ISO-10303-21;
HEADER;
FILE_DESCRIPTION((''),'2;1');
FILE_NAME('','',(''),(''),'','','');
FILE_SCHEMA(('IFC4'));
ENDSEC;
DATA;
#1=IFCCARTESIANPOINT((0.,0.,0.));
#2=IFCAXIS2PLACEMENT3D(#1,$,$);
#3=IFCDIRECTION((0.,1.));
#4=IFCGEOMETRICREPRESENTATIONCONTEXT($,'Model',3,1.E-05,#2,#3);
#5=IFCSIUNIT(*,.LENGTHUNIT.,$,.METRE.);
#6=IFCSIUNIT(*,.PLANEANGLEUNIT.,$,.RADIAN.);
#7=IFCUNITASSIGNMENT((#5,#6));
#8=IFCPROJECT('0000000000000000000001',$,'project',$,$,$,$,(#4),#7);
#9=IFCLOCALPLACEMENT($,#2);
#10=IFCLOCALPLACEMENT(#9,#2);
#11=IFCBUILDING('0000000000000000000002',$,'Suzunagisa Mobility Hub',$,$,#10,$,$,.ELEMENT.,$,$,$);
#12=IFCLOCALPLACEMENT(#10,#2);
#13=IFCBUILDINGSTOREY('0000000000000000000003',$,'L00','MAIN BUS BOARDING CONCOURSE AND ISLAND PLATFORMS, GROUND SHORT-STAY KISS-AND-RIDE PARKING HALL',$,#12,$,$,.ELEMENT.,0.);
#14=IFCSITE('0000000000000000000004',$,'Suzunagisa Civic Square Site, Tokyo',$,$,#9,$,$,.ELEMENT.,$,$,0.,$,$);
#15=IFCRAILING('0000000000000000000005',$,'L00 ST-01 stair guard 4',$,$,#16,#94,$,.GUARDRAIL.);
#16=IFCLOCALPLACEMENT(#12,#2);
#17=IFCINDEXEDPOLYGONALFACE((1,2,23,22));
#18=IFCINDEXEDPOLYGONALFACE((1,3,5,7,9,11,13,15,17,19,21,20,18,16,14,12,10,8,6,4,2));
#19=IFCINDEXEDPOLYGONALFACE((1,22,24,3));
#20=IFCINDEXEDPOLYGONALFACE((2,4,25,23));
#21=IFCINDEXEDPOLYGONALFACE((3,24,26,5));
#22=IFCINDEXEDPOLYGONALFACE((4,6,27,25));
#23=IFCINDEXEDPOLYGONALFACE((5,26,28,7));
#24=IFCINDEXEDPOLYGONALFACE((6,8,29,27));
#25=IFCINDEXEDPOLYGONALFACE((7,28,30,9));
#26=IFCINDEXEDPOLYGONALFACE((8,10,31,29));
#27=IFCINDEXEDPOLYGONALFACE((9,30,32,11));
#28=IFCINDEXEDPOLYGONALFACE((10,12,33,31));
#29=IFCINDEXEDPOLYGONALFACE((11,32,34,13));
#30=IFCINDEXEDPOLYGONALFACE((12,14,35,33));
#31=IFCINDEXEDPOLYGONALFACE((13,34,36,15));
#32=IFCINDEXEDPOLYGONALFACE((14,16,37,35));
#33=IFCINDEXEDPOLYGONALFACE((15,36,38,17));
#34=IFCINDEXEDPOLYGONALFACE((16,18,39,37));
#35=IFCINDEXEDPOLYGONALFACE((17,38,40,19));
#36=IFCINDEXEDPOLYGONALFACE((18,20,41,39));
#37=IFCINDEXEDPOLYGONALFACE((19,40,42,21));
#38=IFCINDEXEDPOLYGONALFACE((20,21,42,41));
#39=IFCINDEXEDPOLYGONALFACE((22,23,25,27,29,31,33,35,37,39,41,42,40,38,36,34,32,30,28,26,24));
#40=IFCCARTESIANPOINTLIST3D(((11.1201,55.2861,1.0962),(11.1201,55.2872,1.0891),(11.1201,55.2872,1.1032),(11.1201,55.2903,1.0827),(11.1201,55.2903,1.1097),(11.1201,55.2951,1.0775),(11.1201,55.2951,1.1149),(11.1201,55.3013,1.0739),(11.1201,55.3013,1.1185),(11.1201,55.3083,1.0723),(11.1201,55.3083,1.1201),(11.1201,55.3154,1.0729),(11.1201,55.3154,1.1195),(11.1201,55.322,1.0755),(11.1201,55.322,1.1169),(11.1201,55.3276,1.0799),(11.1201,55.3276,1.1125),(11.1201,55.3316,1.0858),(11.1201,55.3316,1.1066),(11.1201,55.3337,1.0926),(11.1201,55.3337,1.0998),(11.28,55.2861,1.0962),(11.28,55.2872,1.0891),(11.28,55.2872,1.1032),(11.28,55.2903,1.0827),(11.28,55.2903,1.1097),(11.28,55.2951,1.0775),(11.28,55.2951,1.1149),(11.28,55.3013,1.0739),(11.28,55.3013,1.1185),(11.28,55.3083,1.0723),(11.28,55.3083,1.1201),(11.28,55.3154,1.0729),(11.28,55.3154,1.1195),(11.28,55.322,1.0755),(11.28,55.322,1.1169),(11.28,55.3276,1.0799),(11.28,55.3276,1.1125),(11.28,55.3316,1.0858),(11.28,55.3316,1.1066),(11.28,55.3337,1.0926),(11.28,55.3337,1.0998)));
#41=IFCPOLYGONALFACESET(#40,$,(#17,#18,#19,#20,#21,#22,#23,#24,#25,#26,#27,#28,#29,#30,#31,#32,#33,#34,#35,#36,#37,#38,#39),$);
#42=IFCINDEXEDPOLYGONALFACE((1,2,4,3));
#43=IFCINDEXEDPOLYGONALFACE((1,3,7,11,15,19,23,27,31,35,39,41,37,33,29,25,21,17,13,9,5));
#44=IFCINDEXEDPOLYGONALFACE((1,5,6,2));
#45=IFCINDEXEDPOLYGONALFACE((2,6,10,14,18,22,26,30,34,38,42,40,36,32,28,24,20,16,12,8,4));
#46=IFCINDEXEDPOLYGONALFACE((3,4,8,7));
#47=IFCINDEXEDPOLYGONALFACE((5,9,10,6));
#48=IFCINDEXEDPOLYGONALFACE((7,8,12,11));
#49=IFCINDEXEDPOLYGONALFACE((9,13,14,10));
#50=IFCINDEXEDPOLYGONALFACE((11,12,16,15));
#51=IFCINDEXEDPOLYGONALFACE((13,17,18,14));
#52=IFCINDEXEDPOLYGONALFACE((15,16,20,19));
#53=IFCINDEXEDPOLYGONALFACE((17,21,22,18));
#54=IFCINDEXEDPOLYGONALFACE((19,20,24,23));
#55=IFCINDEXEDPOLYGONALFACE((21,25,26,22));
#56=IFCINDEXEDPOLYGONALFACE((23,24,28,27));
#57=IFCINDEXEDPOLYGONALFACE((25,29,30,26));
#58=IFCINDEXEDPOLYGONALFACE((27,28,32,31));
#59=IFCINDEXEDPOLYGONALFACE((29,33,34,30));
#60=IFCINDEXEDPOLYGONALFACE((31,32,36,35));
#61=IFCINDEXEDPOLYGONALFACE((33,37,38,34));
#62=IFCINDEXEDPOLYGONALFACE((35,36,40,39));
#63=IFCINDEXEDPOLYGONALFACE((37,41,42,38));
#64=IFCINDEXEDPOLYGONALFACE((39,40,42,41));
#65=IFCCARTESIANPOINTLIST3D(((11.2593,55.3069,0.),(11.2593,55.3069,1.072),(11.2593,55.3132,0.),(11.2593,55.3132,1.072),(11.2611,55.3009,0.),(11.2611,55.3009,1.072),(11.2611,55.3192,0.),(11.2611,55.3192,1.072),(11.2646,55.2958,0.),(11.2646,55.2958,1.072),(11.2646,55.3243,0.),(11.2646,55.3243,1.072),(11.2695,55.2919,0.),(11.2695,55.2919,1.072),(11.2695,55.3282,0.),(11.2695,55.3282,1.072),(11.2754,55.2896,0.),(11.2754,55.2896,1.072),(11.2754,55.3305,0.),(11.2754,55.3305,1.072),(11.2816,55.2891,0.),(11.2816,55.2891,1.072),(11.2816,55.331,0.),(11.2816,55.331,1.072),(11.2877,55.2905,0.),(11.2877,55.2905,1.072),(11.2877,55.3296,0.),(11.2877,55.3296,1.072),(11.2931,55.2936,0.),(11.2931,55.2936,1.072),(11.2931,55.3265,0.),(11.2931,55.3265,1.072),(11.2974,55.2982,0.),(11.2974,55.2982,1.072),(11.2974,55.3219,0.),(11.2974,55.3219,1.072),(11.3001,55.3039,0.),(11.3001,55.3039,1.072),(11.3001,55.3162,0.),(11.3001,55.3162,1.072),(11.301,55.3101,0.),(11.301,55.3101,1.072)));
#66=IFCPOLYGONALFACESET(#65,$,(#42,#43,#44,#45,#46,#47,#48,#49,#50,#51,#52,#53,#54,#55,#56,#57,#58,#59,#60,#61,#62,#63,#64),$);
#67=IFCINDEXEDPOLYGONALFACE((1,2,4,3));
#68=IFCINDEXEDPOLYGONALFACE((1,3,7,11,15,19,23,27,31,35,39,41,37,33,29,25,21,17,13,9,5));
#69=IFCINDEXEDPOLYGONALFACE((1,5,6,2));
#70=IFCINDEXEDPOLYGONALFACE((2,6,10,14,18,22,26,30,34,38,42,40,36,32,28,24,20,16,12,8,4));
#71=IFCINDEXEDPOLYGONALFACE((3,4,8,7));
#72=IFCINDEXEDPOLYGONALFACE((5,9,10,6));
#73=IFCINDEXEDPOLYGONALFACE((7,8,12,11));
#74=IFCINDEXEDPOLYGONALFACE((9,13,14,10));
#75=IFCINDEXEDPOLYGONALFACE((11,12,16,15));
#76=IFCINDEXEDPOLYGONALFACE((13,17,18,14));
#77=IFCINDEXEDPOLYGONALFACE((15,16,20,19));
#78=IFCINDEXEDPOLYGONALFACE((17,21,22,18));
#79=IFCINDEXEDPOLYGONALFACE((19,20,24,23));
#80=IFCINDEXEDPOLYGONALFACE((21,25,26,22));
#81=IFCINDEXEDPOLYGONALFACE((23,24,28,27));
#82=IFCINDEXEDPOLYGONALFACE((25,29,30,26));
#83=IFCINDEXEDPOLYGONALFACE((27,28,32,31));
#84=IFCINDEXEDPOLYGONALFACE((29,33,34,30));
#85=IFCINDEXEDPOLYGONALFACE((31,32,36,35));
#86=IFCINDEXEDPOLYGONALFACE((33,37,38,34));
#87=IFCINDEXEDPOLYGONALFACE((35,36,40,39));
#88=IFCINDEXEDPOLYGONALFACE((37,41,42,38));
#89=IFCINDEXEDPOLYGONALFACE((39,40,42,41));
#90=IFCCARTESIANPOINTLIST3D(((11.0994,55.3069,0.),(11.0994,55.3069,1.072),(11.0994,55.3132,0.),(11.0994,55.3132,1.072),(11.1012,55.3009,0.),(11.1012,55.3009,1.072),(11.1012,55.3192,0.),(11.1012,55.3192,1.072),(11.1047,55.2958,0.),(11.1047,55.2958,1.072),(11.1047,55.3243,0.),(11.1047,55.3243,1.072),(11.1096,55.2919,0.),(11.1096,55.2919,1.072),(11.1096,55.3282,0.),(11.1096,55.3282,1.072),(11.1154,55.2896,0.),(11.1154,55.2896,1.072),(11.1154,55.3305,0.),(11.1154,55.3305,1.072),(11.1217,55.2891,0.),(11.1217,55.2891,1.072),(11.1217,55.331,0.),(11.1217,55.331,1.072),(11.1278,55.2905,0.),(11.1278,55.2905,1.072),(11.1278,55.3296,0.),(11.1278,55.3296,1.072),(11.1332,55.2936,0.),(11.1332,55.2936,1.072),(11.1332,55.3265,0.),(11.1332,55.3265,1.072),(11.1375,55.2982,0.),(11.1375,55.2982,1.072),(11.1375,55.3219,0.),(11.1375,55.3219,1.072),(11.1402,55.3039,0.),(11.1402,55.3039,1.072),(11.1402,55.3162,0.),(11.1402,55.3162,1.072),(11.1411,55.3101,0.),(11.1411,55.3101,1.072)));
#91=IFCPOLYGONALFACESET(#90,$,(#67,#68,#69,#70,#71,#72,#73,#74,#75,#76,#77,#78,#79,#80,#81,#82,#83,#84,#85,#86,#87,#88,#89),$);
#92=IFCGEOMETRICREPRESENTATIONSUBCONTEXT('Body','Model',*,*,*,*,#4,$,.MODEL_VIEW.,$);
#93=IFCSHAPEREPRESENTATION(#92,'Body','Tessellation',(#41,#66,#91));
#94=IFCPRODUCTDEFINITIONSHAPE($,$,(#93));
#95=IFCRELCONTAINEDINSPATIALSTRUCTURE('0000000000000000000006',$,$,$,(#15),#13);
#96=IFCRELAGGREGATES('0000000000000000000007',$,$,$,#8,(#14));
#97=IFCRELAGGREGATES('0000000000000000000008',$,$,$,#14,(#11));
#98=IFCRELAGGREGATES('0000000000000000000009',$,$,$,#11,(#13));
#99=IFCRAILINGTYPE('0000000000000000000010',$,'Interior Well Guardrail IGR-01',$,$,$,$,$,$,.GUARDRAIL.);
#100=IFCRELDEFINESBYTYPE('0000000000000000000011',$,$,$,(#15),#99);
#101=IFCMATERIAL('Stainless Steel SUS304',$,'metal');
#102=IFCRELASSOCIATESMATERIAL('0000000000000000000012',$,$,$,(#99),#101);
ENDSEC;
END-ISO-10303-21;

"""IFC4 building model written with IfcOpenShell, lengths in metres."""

from ifc_helpers import new_model, si_unit, direction, frame, origin, origin_2d, place, context, subcontext, project, spatial, circle, extrude, material, type_object, element, save


model = new_model("IFC4")

# Units and contexts
model_context = context("Model", 3, precision=1e-05, world=origin(), true_north=direction((0.0, 1.0)))
body_context = subcontext(model_context, "Body", "Model", "MODEL_VIEW")
ifc_project = project(units=[si_unit("LENGTHUNIT", "METRE"), si_unit("PLANEANGLEUNIT", "RADIAN")], contexts=[model_context])

# Site, building, storey
site_placement = place(None, origin())
site = spatial("IfcSite", under=ifc_project, at=site_placement, Name="Suzunagisa Civic Square Site, Tokyo", CompositionType="ELEMENT", RefElevation=0.0)
building_placement = place(site_placement, origin())
building = spatial("IfcBuilding", under=site, at=building_placement, Name="Suzunagisa Mobility Hub", CompositionType="ELEMENT")
storey_placement = place(building_placement, origin())
storey = spatial("IfcBuildingStorey", under=building, at=storey_placement, Name="L00", Description="MAIN BUS BOARDING CONCOURSE AND ISLAND PLATFORMS, GROUND SHORT-STAY KISS-AND-RIDE PARKING HALL", CompositionType="ELEMENT", Elevation=0.0)

# Railing
ifc_material_1 = material(Name="Stainless Steel SUS304", Category="metal")
railing_type_1 = type_object("IfcRailingType", Name="Interior Well Guardrail IGR-01", PredefinedType="GUARDRAIL", material=ifc_material_1)
railing_1_placement = place(storey_placement, frame((11.28, 55.3101, 0.0)))
element("IfcRailing", 1, at=railing_1_placement, inside=storey, type_object=railing_type_1, Name="L00 ST-01 stair guard 4", PredefinedType="GUARDRAIL", context=body_context, shape_type="SweptSolid", body=[
    extrude(circle(Radius=0.0239, at=origin_2d()), frame((0.0, 0.0, 1.0962), z_axis=(-1.0, 0.0, 0.0), x_axis=(0.0, -1.0, 0.0)), (0.0, 0.0, 1.0), 0.1599),
    extrude(circle(Radius=0.021, at=origin_2d()), origin(), (0.0, 0.0, 1.0), 1.072),
    extrude(circle(Radius=0.021, at=origin_2d()), frame((-0.1599, 0.0, 0.0)), (0.0, 0.0, 1.0), 1.072),
])

save(model, "model.ifc")
